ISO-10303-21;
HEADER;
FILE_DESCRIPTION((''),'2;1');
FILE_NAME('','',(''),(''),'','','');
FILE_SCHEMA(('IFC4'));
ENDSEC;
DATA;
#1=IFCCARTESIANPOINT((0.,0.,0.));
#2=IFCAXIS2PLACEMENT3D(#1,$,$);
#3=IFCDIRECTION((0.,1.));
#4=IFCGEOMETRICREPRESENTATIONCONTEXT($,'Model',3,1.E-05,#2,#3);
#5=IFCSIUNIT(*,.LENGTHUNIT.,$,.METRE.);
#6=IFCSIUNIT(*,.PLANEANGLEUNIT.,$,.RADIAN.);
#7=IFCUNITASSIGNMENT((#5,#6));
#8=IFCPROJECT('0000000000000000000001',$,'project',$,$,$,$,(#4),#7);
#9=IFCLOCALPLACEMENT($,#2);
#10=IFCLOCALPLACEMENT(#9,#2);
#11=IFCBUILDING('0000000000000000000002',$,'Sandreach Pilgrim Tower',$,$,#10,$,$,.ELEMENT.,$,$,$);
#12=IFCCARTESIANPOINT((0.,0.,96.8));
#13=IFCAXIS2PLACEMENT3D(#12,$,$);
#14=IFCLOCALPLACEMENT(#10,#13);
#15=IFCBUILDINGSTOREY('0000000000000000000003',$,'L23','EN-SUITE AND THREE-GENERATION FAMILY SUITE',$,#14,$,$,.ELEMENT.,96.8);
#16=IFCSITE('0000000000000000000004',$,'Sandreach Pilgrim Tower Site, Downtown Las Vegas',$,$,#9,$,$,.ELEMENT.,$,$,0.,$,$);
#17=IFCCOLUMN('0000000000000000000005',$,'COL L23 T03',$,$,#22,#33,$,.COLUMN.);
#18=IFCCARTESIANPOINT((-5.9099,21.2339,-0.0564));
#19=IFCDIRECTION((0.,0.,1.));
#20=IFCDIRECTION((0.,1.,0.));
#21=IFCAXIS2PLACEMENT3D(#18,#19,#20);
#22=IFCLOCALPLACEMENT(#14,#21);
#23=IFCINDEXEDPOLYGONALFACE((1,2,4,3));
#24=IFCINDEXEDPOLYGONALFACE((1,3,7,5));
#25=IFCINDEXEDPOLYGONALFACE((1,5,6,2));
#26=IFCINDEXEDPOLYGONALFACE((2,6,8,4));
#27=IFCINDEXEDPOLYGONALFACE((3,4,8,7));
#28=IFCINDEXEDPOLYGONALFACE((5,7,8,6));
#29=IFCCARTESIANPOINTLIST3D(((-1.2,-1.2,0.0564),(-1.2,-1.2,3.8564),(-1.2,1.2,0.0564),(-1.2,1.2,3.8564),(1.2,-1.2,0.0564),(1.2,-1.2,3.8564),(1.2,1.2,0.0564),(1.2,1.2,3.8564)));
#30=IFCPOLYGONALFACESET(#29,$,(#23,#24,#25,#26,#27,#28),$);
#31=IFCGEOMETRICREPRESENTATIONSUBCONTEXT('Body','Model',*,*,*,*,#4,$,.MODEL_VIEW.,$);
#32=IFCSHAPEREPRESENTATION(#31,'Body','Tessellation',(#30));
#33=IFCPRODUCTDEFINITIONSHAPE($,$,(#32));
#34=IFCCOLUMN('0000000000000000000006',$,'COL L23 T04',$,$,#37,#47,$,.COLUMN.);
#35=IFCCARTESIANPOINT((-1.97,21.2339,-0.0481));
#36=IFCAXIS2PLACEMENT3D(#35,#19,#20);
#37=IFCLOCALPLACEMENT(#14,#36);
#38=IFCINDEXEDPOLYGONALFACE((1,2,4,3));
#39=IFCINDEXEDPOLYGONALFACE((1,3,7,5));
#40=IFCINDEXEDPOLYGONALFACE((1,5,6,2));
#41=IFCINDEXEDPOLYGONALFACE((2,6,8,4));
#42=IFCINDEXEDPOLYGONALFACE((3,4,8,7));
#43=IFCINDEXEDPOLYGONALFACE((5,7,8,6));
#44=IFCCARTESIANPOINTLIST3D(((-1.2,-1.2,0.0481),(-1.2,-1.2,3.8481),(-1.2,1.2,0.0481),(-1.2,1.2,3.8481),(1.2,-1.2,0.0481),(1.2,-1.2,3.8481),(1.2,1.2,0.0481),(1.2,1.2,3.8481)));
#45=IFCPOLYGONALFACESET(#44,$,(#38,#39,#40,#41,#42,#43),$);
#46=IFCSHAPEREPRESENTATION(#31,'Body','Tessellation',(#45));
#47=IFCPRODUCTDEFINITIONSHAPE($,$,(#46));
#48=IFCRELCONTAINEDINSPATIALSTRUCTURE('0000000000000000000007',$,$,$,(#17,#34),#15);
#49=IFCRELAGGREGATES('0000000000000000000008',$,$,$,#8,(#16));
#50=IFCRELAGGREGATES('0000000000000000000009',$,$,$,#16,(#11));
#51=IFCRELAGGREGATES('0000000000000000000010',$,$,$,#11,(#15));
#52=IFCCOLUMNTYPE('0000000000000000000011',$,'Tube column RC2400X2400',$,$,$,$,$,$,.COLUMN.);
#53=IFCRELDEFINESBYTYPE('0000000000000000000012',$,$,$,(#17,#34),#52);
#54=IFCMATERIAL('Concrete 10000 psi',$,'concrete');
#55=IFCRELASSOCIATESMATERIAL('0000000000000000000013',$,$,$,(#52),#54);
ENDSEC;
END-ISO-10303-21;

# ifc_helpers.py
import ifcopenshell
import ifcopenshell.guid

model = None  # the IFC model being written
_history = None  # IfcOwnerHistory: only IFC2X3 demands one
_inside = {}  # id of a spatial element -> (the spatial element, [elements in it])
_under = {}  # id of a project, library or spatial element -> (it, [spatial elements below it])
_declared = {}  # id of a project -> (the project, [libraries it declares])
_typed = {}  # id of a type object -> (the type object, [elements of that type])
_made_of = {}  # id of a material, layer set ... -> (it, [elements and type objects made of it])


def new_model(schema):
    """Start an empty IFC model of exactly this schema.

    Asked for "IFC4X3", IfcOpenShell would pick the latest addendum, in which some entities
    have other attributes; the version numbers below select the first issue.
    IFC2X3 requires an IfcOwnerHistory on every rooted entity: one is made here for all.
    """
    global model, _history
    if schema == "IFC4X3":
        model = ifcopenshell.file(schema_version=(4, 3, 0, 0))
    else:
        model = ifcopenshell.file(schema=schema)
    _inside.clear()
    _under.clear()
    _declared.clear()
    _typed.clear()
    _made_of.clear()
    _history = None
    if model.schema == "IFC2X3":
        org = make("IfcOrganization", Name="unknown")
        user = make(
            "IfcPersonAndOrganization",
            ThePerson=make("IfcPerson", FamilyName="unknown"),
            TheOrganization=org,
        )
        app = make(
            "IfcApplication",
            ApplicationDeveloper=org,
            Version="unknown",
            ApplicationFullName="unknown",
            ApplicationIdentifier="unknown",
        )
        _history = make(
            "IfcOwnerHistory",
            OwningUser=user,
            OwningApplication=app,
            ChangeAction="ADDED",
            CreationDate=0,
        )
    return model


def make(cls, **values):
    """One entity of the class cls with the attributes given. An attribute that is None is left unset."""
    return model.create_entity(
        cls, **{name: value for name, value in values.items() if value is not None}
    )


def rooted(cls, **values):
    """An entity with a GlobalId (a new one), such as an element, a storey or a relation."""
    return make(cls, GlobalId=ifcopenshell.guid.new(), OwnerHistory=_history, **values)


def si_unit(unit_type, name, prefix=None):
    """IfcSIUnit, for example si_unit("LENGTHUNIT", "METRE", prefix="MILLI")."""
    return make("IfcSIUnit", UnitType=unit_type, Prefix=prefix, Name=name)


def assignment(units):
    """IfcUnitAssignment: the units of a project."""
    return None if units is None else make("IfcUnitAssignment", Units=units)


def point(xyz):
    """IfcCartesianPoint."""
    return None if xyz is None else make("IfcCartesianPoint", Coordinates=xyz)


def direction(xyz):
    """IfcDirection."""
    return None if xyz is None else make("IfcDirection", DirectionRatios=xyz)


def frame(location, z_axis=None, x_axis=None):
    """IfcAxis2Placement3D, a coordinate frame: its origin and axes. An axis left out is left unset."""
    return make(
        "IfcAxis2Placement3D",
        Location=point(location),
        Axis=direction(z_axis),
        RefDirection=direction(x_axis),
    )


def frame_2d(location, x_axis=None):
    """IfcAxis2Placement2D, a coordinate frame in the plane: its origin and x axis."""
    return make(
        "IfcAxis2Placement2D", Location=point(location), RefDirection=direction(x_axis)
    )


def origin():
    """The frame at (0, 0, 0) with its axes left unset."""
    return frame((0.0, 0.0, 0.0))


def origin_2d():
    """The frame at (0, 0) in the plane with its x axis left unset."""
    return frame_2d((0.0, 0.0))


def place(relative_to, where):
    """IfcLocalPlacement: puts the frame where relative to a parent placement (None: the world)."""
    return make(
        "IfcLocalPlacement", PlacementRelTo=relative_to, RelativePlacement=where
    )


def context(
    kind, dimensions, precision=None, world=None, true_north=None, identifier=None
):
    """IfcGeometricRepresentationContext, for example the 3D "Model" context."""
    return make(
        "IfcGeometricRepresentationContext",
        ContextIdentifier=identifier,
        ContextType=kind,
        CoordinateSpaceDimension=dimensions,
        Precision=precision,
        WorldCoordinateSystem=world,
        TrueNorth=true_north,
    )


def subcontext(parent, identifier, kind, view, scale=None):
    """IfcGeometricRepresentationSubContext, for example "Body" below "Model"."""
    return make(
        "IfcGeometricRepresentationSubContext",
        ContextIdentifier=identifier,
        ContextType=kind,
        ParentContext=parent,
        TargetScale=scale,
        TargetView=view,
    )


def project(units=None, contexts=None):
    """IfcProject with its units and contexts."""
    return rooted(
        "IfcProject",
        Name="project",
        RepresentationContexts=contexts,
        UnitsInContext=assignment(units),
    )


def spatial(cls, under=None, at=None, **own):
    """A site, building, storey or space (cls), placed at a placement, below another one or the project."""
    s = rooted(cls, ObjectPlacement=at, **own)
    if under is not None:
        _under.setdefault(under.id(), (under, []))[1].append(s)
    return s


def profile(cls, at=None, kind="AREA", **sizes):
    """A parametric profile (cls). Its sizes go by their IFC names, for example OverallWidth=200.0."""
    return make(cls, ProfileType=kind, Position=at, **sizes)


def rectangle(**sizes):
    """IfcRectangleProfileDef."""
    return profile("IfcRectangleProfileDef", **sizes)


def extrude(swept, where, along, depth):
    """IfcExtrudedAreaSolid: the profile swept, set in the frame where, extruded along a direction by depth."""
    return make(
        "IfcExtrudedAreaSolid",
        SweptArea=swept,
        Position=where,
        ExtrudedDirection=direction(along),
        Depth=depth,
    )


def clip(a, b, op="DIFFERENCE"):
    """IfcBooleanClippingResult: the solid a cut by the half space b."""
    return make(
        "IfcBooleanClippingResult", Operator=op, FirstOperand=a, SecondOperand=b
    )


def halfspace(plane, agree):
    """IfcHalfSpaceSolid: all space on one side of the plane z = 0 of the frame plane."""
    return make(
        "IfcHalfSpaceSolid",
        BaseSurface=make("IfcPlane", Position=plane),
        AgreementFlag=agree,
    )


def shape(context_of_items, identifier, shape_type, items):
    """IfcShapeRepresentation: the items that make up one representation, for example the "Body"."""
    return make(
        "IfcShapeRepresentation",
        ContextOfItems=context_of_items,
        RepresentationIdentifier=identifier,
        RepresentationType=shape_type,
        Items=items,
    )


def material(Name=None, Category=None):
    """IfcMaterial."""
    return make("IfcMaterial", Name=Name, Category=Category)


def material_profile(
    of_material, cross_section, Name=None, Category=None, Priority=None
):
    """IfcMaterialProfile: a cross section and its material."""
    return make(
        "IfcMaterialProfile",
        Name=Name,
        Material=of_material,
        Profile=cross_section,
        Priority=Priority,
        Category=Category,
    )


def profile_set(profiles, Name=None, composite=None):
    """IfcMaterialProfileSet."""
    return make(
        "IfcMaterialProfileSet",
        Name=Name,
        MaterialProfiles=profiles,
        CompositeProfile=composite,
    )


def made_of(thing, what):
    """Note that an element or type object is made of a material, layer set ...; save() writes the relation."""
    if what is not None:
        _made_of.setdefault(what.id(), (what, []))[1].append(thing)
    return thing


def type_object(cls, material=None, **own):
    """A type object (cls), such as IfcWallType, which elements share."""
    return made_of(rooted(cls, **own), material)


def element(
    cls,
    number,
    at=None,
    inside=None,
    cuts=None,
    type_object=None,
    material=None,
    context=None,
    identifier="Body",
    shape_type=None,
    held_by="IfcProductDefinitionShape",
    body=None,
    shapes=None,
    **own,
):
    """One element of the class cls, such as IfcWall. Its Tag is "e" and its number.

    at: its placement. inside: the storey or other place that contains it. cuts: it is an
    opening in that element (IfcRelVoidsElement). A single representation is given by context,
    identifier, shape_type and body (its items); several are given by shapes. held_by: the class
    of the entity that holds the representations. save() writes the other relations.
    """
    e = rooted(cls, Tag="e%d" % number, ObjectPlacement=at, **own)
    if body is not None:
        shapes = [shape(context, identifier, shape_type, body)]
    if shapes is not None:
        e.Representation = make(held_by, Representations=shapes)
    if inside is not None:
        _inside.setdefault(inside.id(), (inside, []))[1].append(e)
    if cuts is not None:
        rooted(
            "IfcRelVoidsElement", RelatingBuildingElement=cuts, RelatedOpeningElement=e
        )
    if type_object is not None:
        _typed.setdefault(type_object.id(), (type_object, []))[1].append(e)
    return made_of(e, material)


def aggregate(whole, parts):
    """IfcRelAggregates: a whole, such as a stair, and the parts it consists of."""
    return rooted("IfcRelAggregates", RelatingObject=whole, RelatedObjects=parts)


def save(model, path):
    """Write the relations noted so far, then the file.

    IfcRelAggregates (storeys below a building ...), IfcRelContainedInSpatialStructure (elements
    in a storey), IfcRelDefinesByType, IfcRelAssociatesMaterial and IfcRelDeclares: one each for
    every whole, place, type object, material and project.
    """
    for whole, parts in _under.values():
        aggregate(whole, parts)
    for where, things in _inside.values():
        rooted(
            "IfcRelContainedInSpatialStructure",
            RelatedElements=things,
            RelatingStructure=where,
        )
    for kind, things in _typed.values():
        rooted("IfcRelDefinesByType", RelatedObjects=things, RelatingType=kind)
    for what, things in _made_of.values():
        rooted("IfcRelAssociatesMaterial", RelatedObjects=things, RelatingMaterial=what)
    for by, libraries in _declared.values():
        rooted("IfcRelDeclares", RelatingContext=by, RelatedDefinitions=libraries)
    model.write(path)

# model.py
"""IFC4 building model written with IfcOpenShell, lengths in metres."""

from ifc_helpers import new_model, si_unit, direction, frame, origin, origin_2d, place, context, subcontext, project, spatial, rectangle, extrude, clip, halfspace, material, material_profile, profile_set, type_object, element, save


model = new_model("IFC4")

# Units and contexts
model_context = context("Model", 3, precision=1e-05, world=origin(), true_north=direction((0.0, 1.0)))
body_context = subcontext(model_context, "Body", "Model", "MODEL_VIEW")
ifc_project = project(units=[si_unit("LENGTHUNIT", "METRE"), si_unit("PLANEANGLEUNIT", "RADIAN")], contexts=[model_context])

# Site, building, storey
site_placement = place(None, origin())
site = spatial("IfcSite", under=ifc_project, at=site_placement, Name="Sandreach Pilgrim Tower Site, Downtown Las Vegas", CompositionType="ELEMENT", RefElevation=0.0)
building_placement = place(site_placement, origin())
building = spatial("IfcBuilding", under=site, at=building_placement, Name="Sandreach Pilgrim Tower", CompositionType="ELEMENT")
storey_placement = place(building_placement, frame((0.0, 0.0, 96.8)))
storey = spatial("IfcBuildingStorey", under=building, at=storey_placement, Name="L23", Description="EN-SUITE AND THREE-GENERATION FAMILY SUITE", CompositionType="ELEMENT", Elevation=96.8)

# Columns
ifc_material_1 = material(Name="Concrete 10000 psi", Category="concrete")
ifc_material_profile_1 = material_profile(ifc_material_1, rectangle(XDim=2.3999, YDim=2.3999, at=origin_2d()), Name="RC2400X2400")
ifc_profile_set_1 = profile_set([ifc_material_profile_1], Name="Concrete 10000 psi")
column_type = type_object("IfcColumnType", Name="Tube column RC2400X2400", PredefinedType="COLUMN", material=ifc_profile_set_1)
column_1_placement = place(storey_placement, frame((-5.9099, 21.2339, -0.0564), z_axis=(0.0, 0.0, 1.0), x_axis=(0.0, 1.0, 0.0)))
element("IfcColumn", 1, at=column_1_placement, inside=storey, type_object=column_type, Name="COL L23 T03", PredefinedType="COLUMN", context=body_context, shape_type="SweptSolid", body=[
    clip(extrude(rectangle(XDim=2.3999, YDim=2.3999, at=origin_2d()), origin(), (0.0, 0.0, 1.0), 3.8564), halfspace(frame((0.0, 0.0, 0.0564)), True)),
])
column_2_placement = place(storey_placement, frame((-1.97, 21.2339, -0.0481), z_axis=(0.0, 0.0, 1.0), x_axis=(0.0, 1.0, 0.0)))
element("IfcColumn", 2, at=column_2_placement, inside=storey, type_object=column_type, Name="COL L23 T04", PredefinedType="COLUMN", context=body_context, shape_type="SweptSolid", body=[
    clip(extrude(rectangle(XDim=2.3999, YDim=2.3999, at=origin_2d()), origin(), (0.0, 0.0, 1.0), 3.8481), halfspace(frame((0.0, 0.0, 0.0481)), True)),
])

save(model, "model.ifc")
